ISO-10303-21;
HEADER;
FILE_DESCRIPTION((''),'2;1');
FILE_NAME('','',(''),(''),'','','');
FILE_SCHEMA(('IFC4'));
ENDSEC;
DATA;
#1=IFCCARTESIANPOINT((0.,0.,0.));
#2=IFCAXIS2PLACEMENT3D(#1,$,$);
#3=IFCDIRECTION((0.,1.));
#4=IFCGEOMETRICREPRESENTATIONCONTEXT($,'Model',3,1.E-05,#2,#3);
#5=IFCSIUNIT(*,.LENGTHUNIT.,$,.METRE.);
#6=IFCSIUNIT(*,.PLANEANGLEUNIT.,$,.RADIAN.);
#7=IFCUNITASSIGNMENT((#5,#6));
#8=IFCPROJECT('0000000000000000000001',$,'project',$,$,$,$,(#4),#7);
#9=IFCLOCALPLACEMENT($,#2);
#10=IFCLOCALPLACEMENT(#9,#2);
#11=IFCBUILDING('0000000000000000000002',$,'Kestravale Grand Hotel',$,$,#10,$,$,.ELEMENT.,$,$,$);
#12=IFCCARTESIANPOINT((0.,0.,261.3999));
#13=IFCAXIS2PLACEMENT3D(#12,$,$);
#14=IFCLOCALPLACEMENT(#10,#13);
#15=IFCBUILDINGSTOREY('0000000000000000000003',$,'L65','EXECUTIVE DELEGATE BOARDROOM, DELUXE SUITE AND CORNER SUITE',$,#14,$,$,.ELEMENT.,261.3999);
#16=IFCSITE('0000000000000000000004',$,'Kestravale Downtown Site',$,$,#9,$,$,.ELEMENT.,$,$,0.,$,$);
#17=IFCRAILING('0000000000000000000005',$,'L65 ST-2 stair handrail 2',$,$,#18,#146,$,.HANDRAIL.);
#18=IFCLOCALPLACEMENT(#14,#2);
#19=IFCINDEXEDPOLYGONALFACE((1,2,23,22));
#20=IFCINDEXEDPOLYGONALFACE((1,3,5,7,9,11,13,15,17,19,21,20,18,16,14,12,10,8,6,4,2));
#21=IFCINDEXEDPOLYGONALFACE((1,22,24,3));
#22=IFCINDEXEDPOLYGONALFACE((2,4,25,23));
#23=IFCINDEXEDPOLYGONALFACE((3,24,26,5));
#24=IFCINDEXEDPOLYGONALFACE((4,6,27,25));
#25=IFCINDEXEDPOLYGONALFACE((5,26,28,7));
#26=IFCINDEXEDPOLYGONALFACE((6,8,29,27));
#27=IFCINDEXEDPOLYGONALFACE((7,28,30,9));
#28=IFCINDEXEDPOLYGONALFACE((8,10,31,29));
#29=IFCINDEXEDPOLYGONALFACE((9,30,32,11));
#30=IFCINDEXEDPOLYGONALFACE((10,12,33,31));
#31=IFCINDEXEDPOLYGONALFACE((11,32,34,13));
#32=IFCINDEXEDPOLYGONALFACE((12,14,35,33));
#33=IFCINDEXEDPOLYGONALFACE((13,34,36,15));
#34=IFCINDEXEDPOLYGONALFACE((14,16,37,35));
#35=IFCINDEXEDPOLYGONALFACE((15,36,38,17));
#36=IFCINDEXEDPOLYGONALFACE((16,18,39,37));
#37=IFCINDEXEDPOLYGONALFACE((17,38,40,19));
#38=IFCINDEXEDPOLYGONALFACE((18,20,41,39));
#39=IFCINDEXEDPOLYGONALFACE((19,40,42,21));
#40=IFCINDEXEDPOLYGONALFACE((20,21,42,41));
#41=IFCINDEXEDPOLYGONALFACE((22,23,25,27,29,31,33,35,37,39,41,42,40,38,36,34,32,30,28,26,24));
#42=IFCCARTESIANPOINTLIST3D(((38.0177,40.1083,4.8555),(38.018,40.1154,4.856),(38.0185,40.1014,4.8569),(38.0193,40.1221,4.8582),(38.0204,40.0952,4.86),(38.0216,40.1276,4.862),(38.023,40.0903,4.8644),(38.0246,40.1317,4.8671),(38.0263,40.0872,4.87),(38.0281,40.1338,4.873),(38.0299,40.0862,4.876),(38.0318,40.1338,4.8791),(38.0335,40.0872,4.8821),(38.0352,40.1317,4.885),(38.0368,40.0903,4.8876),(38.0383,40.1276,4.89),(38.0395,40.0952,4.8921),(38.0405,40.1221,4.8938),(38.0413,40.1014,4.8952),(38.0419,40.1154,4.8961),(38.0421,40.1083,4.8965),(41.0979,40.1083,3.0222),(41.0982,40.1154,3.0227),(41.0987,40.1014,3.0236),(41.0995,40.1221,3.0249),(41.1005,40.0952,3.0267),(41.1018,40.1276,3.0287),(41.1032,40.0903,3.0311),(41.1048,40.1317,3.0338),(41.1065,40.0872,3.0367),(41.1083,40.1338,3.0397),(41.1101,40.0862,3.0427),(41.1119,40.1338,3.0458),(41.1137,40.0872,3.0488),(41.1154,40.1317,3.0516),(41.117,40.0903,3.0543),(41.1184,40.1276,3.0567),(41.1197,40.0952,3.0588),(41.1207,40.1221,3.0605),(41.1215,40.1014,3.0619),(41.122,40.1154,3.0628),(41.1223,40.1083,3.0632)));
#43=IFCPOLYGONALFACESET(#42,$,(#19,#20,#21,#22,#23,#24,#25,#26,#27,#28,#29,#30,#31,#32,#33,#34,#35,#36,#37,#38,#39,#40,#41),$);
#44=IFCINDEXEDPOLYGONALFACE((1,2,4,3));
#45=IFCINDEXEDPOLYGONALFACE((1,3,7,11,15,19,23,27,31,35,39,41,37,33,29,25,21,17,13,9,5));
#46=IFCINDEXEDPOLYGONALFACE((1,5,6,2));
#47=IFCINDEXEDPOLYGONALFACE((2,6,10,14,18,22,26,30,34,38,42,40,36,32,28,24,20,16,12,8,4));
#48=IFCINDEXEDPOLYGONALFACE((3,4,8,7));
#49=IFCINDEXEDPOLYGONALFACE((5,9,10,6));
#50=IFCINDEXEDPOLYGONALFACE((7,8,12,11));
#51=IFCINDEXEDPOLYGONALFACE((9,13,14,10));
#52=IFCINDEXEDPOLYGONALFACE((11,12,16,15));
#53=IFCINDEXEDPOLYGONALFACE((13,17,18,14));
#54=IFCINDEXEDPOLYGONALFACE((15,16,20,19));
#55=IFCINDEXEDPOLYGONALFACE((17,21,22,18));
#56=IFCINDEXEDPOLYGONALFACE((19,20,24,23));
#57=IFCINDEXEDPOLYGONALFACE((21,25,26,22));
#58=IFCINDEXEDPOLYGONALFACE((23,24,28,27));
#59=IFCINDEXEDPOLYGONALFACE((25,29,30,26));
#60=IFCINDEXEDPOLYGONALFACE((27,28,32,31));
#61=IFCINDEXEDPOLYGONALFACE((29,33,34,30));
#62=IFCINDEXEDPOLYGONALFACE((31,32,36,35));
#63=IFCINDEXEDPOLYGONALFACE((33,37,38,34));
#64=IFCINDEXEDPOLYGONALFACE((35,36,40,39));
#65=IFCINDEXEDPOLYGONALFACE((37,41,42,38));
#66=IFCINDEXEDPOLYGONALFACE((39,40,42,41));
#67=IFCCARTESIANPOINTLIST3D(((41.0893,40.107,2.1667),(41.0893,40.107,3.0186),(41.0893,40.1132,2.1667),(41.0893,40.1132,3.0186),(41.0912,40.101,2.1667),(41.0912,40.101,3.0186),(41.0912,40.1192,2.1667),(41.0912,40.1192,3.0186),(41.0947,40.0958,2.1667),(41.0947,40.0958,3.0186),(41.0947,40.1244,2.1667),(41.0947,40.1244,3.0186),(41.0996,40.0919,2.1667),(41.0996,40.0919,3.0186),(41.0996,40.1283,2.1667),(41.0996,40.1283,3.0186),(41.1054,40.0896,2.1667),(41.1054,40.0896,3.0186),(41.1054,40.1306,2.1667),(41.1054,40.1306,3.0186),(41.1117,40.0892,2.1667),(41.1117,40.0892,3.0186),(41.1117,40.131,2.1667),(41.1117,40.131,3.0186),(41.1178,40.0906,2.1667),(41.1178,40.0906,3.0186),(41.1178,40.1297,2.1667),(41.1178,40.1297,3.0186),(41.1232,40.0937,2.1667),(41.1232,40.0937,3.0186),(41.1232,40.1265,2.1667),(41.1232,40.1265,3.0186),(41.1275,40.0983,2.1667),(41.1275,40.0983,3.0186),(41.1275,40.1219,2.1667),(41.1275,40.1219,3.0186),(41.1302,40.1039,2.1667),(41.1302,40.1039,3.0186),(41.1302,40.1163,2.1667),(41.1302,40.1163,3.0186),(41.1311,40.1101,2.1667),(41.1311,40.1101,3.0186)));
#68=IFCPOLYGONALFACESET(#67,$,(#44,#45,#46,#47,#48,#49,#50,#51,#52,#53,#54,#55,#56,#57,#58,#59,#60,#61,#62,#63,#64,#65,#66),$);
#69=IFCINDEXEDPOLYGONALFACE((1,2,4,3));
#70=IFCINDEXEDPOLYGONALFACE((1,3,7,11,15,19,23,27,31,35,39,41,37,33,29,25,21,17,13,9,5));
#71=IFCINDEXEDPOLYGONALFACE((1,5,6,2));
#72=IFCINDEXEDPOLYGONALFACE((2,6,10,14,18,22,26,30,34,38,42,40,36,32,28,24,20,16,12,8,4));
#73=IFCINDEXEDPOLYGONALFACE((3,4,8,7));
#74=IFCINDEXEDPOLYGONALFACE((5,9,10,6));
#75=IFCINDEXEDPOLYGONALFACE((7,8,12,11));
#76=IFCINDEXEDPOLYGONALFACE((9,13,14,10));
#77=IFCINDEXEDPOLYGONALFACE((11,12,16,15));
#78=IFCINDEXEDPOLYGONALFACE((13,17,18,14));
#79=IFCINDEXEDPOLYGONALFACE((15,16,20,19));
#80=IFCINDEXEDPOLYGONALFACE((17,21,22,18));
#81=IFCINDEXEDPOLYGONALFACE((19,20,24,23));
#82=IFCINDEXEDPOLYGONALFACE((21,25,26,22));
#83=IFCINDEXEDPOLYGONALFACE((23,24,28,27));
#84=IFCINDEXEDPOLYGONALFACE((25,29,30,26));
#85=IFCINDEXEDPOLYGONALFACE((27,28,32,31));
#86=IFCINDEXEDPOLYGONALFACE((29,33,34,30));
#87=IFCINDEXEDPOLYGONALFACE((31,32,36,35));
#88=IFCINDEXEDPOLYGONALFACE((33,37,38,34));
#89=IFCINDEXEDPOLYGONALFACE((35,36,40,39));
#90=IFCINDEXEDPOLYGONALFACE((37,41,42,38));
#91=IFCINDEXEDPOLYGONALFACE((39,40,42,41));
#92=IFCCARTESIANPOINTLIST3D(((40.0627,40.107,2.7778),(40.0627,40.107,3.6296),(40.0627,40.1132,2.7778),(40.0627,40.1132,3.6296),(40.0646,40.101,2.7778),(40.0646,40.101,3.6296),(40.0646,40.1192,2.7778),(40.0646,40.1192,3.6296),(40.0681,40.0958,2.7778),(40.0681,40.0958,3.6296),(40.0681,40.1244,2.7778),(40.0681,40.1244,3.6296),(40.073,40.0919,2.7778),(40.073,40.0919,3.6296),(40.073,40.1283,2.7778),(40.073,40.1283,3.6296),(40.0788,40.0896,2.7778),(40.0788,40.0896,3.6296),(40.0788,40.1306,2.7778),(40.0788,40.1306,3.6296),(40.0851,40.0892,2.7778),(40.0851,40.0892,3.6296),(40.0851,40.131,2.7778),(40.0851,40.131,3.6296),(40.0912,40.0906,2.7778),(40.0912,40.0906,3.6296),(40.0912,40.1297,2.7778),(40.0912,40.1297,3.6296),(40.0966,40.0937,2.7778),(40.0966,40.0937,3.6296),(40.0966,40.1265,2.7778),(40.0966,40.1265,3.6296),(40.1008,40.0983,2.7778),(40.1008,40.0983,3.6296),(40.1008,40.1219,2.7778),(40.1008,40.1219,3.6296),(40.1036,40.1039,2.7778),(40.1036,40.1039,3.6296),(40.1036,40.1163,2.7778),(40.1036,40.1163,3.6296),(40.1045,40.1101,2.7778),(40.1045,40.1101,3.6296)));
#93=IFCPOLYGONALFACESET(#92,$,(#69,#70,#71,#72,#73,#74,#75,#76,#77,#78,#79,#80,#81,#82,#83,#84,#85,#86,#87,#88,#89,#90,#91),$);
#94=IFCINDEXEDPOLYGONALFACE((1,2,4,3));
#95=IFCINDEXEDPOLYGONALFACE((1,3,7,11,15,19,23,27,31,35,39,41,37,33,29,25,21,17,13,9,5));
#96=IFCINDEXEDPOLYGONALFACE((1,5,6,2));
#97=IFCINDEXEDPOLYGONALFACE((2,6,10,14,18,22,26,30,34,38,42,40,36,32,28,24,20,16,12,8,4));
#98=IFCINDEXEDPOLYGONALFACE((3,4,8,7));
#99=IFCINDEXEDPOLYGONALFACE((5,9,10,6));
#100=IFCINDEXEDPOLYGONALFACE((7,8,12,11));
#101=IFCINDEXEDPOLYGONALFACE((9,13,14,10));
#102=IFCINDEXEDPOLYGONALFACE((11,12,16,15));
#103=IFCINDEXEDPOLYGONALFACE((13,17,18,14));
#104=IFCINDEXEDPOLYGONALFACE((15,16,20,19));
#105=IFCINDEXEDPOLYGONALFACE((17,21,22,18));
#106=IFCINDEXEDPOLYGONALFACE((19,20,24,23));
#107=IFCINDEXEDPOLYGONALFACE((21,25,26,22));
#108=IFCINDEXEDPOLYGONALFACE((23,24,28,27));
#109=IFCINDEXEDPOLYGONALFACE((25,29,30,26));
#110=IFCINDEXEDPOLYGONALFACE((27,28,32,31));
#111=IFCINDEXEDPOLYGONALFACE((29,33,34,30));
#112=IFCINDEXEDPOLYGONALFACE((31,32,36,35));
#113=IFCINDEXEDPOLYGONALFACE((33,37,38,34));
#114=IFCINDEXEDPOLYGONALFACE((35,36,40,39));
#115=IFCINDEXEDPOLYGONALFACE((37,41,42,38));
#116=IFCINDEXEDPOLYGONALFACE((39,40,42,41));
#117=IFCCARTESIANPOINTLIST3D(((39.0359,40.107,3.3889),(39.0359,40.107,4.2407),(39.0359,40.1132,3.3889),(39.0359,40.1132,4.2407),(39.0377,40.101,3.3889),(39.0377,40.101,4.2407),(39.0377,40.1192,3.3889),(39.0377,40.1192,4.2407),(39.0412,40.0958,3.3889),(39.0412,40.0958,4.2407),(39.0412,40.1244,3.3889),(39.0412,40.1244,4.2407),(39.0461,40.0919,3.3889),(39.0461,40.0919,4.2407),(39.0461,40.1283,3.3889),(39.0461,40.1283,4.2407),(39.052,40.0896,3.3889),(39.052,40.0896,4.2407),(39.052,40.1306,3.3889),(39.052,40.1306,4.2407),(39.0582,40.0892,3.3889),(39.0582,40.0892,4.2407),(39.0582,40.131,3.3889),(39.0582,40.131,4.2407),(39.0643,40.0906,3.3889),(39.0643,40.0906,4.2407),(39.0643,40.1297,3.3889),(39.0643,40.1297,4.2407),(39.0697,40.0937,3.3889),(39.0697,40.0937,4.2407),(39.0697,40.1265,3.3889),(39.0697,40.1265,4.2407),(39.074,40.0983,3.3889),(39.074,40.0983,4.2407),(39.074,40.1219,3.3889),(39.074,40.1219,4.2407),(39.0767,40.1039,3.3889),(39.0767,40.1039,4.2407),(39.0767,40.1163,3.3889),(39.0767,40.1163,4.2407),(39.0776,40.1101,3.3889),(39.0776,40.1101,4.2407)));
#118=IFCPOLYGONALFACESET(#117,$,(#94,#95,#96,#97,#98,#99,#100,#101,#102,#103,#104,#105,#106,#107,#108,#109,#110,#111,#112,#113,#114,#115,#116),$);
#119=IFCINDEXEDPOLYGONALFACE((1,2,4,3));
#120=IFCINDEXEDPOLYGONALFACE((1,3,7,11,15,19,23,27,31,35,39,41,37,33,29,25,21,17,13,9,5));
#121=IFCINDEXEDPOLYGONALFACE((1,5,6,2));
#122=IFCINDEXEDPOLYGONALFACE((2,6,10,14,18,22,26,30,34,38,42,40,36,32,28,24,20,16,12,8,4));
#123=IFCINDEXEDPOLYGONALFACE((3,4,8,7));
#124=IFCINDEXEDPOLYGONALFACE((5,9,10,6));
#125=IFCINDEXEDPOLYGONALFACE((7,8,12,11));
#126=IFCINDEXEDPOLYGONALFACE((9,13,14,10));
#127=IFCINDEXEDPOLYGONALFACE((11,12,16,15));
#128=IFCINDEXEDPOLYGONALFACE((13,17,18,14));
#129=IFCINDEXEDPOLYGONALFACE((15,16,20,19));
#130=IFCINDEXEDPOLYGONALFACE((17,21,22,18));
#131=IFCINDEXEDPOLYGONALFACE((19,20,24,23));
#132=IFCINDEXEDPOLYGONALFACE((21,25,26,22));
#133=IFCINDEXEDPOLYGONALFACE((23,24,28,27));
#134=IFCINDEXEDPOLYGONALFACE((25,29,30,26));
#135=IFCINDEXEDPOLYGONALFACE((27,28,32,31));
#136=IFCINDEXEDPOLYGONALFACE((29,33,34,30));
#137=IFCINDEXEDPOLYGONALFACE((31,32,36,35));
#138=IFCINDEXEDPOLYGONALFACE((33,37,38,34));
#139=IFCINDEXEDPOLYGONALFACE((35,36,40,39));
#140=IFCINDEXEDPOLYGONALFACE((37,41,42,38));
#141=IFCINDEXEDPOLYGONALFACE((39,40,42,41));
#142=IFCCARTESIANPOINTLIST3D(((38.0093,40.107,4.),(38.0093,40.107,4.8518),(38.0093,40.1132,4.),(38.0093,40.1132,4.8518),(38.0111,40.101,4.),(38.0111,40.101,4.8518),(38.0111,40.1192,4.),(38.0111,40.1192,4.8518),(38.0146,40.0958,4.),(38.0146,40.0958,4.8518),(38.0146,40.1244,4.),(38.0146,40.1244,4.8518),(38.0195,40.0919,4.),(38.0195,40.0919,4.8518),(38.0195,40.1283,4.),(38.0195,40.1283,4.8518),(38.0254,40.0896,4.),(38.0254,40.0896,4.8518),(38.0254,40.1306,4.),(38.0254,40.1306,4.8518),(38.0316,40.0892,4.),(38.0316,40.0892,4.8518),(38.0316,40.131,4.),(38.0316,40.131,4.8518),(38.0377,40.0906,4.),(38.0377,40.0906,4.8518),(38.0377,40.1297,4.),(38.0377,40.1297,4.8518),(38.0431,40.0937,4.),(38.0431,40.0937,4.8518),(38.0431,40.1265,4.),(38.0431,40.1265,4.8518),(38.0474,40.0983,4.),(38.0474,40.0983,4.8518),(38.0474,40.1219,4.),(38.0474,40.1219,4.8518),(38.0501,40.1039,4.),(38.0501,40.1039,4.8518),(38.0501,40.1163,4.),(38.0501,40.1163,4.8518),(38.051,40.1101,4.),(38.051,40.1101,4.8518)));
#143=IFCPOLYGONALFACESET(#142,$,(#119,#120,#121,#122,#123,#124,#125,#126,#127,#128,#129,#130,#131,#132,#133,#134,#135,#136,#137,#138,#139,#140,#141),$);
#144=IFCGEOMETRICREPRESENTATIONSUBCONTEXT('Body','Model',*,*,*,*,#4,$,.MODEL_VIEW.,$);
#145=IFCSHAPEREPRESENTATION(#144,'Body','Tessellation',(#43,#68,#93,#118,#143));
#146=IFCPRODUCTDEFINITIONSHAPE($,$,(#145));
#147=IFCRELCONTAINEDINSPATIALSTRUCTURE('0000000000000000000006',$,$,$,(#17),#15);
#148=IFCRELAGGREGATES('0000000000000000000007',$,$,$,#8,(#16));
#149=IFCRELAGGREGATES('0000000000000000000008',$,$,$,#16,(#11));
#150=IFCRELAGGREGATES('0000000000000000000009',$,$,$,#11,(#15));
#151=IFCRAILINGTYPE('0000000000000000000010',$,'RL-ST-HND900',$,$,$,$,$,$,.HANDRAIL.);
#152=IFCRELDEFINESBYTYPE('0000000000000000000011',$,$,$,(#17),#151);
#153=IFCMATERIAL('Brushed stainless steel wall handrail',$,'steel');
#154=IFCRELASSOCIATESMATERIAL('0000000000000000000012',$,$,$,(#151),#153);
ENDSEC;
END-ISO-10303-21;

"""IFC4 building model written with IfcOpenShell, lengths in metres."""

from ifc_helpers import new_model, si_unit, direction, frame, origin, origin_2d, place, context, subcontext, project, spatial, circle, extrude, material, type_object, element, save


model = new_model("IFC4")

# Units and contexts
model_context = context("Model", 3, precision=1e-05, world=origin(), true_north=direction((0.0, 1.0)))
body_context = subcontext(model_context, "Body", "Model", "MODEL_VIEW")
ifc_project = project(units=[si_unit("LENGTHUNIT", "METRE"), si_unit("PLANEANGLEUNIT", "RADIAN")], contexts=[model_context])

# Site, building, storey
site_placement = place(None, origin())
site = spatial("IfcSite", under=ifc_project, at=site_placement, Name="Kestravale Downtown Site", CompositionType="ELEMENT", RefElevation=0.0)
building_placement = place(site_placement, origin())
building = spatial("IfcBuilding", under=site, at=building_placement, Name="Kestravale Grand Hotel", CompositionType="ELEMENT")
storey_placement = place(building_placement, frame((0.0, 0.0, 261.3999)))
storey = spatial("IfcBuildingStorey", under=building, at=storey_placement, Name="L65", Description="EXECUTIVE DELEGATE BOARDROOM, DELUXE SUITE AND CORNER SUITE", CompositionType="ELEMENT", Elevation=261.3999)

# Railing
ifc_material_1 = material(Name="Brushed stainless steel wall handrail", Category="steel")
railing_type_1 = type_object("IfcRailingType", Name="RL-ST-HND900", PredefinedType="HANDRAIL", material=ifc_material_1)
railing_1_placement = place(storey_placement, frame((41.1101, 40.1101, 2.1667)))
element("IfcRailing", 1, at=railing_1_placement, inside=storey, type_object=railing_type_1, Name="L65 ST-2 stair handrail 2", PredefinedType="HANDRAIL", context=body_context, shape_type="SweptSolid", body=[
    extrude(circle(Radius=0.0239, at=origin_2d()), frame((0.0, 0.0, 0.876), z_axis=(-0.859309, 0.0, 0.511458), x_axis=(0.0, -1.0, 0.0)), (0.0, 0.0, 1.0), 3.5845),
    extrude(circle(Radius=0.021, at=origin_2d()), origin(), (0.0, 0.0, 1.0), 0.8518),
    extrude(circle(Radius=0.021, at=origin_2d()), frame((-1.0266, 0.0, 0.6111)), (0.0, 0.0, 1.0), 0.8518),
    extrude(circle(Radius=0.021, at=origin_2d()), frame((-2.0535, 0.0, 1.2222)), (0.0, 0.0, 1.0), 0.8518),
    extrude(circle(Radius=0.021, at=origin_2d()), frame((-3.0801, 0.0, 1.8333)), (0.0, 0.0, 1.0), 0.8518),
])

save(model, "model.ifc")
